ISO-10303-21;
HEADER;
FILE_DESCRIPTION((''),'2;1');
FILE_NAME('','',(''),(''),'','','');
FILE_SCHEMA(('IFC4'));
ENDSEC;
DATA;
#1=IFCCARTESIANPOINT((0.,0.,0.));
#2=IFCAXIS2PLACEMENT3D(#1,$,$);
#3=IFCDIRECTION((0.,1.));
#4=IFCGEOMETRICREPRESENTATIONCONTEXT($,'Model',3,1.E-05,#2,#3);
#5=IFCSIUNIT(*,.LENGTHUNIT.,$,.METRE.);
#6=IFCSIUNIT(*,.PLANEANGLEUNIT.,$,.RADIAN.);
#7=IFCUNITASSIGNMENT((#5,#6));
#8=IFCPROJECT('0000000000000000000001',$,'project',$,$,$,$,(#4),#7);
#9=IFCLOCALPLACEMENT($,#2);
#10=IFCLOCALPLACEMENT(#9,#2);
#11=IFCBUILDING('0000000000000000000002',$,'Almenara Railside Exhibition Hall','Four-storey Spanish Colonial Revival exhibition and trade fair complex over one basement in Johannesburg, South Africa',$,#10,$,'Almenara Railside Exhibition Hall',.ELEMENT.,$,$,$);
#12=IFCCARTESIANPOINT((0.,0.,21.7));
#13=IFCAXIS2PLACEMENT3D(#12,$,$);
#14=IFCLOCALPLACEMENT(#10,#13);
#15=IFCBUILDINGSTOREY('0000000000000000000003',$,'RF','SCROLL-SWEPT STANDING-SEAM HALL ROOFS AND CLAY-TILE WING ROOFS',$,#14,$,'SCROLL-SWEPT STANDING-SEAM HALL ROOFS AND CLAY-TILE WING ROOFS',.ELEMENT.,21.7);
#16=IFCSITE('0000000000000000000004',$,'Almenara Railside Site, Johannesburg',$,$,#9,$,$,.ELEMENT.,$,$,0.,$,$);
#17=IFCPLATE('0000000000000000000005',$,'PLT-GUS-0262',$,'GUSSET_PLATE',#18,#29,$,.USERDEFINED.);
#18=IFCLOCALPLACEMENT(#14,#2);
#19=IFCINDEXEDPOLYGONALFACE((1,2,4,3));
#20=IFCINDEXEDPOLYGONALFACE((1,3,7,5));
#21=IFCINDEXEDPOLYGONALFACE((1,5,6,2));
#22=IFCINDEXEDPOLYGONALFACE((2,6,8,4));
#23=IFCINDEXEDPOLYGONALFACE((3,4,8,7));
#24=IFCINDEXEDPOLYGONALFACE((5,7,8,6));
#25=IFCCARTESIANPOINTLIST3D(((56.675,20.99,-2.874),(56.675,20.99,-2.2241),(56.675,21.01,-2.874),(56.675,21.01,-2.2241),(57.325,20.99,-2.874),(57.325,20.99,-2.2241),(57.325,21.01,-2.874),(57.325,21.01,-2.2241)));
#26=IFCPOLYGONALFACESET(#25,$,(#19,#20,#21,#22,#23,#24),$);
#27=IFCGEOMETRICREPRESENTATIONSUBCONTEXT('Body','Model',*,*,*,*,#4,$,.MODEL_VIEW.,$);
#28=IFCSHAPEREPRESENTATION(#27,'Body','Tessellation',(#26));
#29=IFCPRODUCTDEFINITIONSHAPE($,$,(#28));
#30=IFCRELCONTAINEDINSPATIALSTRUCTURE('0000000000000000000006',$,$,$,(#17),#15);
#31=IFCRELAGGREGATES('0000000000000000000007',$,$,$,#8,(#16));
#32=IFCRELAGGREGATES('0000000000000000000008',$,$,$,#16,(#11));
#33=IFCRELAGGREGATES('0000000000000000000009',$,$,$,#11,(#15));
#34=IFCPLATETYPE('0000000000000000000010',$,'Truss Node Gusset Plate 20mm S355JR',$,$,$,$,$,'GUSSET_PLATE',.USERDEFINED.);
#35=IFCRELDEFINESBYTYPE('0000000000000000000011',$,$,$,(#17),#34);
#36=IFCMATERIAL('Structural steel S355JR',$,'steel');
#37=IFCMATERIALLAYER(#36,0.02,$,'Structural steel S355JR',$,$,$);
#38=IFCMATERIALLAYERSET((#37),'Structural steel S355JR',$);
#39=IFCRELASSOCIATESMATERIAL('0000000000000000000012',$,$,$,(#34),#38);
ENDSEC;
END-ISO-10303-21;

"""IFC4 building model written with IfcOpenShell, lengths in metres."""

from ifc_helpers import new_model, si_unit, direction, frame, origin, origin_2d, place, context, subcontext, project, spatial, rectangle, extrude, material, layer, layer_set, type_object, element, save


model = new_model("IFC4")

# Units and contexts
model_context = context("Model", 3, precision=1e-05, world=origin(), true_north=direction((0.0, 1.0)))
body_context = subcontext(model_context, "Body", "Model", "MODEL_VIEW")
ifc_project = project(units=[si_unit("LENGTHUNIT", "METRE"), si_unit("PLANEANGLEUNIT", "RADIAN")], contexts=[model_context])

# Site, building, storey
site_placement = place(None, origin())
site = spatial("IfcSite", under=ifc_project, at=site_placement, Name="Almenara Railside Site, Johannesburg", CompositionType="ELEMENT", RefElevation=0.0)
building_placement = place(site_placement, origin())
building = spatial("IfcBuilding", under=site, at=building_placement, Name="Almenara Railside Exhibition Hall", Description="Four-storey Spanish Colonial Revival exhibition and trade fair complex over one basement in Johannesburg, South Africa", LongName="Almenara Railside Exhibition Hall", CompositionType="ELEMENT")
storey_placement = place(building_placement, frame((0.0, 0.0, 21.7)))
storey = spatial("IfcBuildingStorey", under=building, at=storey_placement, Name="RF", Description="SCROLL-SWEPT STANDING-SEAM HALL ROOFS AND CLAY-TILE WING ROOFS", LongName="SCROLL-SWEPT STANDING-SEAM HALL ROOFS AND CLAY-TILE WING ROOFS", CompositionType="ELEMENT", Elevation=21.7)

# Shared definitions
ifc_material_1 = material(Name="Structural steel S355JR", Category="steel")

# Plate
ifc_layer_1 = layer(ifc_material_1, 0.02, Name="Structural steel S355JR")
ifc_layer_set_1 = layer_set([ifc_layer_1], Name="Structural steel S355JR")
plate_type_1 = type_object("IfcPlateType", Name="Truss Node Gusset Plate 20mm S355JR", ElementType="GUSSET_PLATE", PredefinedType="USERDEFINED", material=ifc_layer_set_1)
plate_placement = place(storey_placement, frame((57.0, 21.0, -2.874), z_axis=(0.0, 0.0, 1.0), x_axis=(1.0, 0.0, 0.0)))
element("IfcPlate", 1, at=plate_placement, inside=storey, type_object=plate_type_1, Name="PLT-GUS-0262", ObjectType="GUSSET_PLATE", PredefinedType="USERDEFINED", context=body_context, shape_type="SweptSolid", body=[
    extrude(rectangle(XDim=0.6499, YDim=0.02, at=origin_2d()), origin(), (0.0, 0.0, 1.0), 0.6499),
])

save(model, "model.ifc")
